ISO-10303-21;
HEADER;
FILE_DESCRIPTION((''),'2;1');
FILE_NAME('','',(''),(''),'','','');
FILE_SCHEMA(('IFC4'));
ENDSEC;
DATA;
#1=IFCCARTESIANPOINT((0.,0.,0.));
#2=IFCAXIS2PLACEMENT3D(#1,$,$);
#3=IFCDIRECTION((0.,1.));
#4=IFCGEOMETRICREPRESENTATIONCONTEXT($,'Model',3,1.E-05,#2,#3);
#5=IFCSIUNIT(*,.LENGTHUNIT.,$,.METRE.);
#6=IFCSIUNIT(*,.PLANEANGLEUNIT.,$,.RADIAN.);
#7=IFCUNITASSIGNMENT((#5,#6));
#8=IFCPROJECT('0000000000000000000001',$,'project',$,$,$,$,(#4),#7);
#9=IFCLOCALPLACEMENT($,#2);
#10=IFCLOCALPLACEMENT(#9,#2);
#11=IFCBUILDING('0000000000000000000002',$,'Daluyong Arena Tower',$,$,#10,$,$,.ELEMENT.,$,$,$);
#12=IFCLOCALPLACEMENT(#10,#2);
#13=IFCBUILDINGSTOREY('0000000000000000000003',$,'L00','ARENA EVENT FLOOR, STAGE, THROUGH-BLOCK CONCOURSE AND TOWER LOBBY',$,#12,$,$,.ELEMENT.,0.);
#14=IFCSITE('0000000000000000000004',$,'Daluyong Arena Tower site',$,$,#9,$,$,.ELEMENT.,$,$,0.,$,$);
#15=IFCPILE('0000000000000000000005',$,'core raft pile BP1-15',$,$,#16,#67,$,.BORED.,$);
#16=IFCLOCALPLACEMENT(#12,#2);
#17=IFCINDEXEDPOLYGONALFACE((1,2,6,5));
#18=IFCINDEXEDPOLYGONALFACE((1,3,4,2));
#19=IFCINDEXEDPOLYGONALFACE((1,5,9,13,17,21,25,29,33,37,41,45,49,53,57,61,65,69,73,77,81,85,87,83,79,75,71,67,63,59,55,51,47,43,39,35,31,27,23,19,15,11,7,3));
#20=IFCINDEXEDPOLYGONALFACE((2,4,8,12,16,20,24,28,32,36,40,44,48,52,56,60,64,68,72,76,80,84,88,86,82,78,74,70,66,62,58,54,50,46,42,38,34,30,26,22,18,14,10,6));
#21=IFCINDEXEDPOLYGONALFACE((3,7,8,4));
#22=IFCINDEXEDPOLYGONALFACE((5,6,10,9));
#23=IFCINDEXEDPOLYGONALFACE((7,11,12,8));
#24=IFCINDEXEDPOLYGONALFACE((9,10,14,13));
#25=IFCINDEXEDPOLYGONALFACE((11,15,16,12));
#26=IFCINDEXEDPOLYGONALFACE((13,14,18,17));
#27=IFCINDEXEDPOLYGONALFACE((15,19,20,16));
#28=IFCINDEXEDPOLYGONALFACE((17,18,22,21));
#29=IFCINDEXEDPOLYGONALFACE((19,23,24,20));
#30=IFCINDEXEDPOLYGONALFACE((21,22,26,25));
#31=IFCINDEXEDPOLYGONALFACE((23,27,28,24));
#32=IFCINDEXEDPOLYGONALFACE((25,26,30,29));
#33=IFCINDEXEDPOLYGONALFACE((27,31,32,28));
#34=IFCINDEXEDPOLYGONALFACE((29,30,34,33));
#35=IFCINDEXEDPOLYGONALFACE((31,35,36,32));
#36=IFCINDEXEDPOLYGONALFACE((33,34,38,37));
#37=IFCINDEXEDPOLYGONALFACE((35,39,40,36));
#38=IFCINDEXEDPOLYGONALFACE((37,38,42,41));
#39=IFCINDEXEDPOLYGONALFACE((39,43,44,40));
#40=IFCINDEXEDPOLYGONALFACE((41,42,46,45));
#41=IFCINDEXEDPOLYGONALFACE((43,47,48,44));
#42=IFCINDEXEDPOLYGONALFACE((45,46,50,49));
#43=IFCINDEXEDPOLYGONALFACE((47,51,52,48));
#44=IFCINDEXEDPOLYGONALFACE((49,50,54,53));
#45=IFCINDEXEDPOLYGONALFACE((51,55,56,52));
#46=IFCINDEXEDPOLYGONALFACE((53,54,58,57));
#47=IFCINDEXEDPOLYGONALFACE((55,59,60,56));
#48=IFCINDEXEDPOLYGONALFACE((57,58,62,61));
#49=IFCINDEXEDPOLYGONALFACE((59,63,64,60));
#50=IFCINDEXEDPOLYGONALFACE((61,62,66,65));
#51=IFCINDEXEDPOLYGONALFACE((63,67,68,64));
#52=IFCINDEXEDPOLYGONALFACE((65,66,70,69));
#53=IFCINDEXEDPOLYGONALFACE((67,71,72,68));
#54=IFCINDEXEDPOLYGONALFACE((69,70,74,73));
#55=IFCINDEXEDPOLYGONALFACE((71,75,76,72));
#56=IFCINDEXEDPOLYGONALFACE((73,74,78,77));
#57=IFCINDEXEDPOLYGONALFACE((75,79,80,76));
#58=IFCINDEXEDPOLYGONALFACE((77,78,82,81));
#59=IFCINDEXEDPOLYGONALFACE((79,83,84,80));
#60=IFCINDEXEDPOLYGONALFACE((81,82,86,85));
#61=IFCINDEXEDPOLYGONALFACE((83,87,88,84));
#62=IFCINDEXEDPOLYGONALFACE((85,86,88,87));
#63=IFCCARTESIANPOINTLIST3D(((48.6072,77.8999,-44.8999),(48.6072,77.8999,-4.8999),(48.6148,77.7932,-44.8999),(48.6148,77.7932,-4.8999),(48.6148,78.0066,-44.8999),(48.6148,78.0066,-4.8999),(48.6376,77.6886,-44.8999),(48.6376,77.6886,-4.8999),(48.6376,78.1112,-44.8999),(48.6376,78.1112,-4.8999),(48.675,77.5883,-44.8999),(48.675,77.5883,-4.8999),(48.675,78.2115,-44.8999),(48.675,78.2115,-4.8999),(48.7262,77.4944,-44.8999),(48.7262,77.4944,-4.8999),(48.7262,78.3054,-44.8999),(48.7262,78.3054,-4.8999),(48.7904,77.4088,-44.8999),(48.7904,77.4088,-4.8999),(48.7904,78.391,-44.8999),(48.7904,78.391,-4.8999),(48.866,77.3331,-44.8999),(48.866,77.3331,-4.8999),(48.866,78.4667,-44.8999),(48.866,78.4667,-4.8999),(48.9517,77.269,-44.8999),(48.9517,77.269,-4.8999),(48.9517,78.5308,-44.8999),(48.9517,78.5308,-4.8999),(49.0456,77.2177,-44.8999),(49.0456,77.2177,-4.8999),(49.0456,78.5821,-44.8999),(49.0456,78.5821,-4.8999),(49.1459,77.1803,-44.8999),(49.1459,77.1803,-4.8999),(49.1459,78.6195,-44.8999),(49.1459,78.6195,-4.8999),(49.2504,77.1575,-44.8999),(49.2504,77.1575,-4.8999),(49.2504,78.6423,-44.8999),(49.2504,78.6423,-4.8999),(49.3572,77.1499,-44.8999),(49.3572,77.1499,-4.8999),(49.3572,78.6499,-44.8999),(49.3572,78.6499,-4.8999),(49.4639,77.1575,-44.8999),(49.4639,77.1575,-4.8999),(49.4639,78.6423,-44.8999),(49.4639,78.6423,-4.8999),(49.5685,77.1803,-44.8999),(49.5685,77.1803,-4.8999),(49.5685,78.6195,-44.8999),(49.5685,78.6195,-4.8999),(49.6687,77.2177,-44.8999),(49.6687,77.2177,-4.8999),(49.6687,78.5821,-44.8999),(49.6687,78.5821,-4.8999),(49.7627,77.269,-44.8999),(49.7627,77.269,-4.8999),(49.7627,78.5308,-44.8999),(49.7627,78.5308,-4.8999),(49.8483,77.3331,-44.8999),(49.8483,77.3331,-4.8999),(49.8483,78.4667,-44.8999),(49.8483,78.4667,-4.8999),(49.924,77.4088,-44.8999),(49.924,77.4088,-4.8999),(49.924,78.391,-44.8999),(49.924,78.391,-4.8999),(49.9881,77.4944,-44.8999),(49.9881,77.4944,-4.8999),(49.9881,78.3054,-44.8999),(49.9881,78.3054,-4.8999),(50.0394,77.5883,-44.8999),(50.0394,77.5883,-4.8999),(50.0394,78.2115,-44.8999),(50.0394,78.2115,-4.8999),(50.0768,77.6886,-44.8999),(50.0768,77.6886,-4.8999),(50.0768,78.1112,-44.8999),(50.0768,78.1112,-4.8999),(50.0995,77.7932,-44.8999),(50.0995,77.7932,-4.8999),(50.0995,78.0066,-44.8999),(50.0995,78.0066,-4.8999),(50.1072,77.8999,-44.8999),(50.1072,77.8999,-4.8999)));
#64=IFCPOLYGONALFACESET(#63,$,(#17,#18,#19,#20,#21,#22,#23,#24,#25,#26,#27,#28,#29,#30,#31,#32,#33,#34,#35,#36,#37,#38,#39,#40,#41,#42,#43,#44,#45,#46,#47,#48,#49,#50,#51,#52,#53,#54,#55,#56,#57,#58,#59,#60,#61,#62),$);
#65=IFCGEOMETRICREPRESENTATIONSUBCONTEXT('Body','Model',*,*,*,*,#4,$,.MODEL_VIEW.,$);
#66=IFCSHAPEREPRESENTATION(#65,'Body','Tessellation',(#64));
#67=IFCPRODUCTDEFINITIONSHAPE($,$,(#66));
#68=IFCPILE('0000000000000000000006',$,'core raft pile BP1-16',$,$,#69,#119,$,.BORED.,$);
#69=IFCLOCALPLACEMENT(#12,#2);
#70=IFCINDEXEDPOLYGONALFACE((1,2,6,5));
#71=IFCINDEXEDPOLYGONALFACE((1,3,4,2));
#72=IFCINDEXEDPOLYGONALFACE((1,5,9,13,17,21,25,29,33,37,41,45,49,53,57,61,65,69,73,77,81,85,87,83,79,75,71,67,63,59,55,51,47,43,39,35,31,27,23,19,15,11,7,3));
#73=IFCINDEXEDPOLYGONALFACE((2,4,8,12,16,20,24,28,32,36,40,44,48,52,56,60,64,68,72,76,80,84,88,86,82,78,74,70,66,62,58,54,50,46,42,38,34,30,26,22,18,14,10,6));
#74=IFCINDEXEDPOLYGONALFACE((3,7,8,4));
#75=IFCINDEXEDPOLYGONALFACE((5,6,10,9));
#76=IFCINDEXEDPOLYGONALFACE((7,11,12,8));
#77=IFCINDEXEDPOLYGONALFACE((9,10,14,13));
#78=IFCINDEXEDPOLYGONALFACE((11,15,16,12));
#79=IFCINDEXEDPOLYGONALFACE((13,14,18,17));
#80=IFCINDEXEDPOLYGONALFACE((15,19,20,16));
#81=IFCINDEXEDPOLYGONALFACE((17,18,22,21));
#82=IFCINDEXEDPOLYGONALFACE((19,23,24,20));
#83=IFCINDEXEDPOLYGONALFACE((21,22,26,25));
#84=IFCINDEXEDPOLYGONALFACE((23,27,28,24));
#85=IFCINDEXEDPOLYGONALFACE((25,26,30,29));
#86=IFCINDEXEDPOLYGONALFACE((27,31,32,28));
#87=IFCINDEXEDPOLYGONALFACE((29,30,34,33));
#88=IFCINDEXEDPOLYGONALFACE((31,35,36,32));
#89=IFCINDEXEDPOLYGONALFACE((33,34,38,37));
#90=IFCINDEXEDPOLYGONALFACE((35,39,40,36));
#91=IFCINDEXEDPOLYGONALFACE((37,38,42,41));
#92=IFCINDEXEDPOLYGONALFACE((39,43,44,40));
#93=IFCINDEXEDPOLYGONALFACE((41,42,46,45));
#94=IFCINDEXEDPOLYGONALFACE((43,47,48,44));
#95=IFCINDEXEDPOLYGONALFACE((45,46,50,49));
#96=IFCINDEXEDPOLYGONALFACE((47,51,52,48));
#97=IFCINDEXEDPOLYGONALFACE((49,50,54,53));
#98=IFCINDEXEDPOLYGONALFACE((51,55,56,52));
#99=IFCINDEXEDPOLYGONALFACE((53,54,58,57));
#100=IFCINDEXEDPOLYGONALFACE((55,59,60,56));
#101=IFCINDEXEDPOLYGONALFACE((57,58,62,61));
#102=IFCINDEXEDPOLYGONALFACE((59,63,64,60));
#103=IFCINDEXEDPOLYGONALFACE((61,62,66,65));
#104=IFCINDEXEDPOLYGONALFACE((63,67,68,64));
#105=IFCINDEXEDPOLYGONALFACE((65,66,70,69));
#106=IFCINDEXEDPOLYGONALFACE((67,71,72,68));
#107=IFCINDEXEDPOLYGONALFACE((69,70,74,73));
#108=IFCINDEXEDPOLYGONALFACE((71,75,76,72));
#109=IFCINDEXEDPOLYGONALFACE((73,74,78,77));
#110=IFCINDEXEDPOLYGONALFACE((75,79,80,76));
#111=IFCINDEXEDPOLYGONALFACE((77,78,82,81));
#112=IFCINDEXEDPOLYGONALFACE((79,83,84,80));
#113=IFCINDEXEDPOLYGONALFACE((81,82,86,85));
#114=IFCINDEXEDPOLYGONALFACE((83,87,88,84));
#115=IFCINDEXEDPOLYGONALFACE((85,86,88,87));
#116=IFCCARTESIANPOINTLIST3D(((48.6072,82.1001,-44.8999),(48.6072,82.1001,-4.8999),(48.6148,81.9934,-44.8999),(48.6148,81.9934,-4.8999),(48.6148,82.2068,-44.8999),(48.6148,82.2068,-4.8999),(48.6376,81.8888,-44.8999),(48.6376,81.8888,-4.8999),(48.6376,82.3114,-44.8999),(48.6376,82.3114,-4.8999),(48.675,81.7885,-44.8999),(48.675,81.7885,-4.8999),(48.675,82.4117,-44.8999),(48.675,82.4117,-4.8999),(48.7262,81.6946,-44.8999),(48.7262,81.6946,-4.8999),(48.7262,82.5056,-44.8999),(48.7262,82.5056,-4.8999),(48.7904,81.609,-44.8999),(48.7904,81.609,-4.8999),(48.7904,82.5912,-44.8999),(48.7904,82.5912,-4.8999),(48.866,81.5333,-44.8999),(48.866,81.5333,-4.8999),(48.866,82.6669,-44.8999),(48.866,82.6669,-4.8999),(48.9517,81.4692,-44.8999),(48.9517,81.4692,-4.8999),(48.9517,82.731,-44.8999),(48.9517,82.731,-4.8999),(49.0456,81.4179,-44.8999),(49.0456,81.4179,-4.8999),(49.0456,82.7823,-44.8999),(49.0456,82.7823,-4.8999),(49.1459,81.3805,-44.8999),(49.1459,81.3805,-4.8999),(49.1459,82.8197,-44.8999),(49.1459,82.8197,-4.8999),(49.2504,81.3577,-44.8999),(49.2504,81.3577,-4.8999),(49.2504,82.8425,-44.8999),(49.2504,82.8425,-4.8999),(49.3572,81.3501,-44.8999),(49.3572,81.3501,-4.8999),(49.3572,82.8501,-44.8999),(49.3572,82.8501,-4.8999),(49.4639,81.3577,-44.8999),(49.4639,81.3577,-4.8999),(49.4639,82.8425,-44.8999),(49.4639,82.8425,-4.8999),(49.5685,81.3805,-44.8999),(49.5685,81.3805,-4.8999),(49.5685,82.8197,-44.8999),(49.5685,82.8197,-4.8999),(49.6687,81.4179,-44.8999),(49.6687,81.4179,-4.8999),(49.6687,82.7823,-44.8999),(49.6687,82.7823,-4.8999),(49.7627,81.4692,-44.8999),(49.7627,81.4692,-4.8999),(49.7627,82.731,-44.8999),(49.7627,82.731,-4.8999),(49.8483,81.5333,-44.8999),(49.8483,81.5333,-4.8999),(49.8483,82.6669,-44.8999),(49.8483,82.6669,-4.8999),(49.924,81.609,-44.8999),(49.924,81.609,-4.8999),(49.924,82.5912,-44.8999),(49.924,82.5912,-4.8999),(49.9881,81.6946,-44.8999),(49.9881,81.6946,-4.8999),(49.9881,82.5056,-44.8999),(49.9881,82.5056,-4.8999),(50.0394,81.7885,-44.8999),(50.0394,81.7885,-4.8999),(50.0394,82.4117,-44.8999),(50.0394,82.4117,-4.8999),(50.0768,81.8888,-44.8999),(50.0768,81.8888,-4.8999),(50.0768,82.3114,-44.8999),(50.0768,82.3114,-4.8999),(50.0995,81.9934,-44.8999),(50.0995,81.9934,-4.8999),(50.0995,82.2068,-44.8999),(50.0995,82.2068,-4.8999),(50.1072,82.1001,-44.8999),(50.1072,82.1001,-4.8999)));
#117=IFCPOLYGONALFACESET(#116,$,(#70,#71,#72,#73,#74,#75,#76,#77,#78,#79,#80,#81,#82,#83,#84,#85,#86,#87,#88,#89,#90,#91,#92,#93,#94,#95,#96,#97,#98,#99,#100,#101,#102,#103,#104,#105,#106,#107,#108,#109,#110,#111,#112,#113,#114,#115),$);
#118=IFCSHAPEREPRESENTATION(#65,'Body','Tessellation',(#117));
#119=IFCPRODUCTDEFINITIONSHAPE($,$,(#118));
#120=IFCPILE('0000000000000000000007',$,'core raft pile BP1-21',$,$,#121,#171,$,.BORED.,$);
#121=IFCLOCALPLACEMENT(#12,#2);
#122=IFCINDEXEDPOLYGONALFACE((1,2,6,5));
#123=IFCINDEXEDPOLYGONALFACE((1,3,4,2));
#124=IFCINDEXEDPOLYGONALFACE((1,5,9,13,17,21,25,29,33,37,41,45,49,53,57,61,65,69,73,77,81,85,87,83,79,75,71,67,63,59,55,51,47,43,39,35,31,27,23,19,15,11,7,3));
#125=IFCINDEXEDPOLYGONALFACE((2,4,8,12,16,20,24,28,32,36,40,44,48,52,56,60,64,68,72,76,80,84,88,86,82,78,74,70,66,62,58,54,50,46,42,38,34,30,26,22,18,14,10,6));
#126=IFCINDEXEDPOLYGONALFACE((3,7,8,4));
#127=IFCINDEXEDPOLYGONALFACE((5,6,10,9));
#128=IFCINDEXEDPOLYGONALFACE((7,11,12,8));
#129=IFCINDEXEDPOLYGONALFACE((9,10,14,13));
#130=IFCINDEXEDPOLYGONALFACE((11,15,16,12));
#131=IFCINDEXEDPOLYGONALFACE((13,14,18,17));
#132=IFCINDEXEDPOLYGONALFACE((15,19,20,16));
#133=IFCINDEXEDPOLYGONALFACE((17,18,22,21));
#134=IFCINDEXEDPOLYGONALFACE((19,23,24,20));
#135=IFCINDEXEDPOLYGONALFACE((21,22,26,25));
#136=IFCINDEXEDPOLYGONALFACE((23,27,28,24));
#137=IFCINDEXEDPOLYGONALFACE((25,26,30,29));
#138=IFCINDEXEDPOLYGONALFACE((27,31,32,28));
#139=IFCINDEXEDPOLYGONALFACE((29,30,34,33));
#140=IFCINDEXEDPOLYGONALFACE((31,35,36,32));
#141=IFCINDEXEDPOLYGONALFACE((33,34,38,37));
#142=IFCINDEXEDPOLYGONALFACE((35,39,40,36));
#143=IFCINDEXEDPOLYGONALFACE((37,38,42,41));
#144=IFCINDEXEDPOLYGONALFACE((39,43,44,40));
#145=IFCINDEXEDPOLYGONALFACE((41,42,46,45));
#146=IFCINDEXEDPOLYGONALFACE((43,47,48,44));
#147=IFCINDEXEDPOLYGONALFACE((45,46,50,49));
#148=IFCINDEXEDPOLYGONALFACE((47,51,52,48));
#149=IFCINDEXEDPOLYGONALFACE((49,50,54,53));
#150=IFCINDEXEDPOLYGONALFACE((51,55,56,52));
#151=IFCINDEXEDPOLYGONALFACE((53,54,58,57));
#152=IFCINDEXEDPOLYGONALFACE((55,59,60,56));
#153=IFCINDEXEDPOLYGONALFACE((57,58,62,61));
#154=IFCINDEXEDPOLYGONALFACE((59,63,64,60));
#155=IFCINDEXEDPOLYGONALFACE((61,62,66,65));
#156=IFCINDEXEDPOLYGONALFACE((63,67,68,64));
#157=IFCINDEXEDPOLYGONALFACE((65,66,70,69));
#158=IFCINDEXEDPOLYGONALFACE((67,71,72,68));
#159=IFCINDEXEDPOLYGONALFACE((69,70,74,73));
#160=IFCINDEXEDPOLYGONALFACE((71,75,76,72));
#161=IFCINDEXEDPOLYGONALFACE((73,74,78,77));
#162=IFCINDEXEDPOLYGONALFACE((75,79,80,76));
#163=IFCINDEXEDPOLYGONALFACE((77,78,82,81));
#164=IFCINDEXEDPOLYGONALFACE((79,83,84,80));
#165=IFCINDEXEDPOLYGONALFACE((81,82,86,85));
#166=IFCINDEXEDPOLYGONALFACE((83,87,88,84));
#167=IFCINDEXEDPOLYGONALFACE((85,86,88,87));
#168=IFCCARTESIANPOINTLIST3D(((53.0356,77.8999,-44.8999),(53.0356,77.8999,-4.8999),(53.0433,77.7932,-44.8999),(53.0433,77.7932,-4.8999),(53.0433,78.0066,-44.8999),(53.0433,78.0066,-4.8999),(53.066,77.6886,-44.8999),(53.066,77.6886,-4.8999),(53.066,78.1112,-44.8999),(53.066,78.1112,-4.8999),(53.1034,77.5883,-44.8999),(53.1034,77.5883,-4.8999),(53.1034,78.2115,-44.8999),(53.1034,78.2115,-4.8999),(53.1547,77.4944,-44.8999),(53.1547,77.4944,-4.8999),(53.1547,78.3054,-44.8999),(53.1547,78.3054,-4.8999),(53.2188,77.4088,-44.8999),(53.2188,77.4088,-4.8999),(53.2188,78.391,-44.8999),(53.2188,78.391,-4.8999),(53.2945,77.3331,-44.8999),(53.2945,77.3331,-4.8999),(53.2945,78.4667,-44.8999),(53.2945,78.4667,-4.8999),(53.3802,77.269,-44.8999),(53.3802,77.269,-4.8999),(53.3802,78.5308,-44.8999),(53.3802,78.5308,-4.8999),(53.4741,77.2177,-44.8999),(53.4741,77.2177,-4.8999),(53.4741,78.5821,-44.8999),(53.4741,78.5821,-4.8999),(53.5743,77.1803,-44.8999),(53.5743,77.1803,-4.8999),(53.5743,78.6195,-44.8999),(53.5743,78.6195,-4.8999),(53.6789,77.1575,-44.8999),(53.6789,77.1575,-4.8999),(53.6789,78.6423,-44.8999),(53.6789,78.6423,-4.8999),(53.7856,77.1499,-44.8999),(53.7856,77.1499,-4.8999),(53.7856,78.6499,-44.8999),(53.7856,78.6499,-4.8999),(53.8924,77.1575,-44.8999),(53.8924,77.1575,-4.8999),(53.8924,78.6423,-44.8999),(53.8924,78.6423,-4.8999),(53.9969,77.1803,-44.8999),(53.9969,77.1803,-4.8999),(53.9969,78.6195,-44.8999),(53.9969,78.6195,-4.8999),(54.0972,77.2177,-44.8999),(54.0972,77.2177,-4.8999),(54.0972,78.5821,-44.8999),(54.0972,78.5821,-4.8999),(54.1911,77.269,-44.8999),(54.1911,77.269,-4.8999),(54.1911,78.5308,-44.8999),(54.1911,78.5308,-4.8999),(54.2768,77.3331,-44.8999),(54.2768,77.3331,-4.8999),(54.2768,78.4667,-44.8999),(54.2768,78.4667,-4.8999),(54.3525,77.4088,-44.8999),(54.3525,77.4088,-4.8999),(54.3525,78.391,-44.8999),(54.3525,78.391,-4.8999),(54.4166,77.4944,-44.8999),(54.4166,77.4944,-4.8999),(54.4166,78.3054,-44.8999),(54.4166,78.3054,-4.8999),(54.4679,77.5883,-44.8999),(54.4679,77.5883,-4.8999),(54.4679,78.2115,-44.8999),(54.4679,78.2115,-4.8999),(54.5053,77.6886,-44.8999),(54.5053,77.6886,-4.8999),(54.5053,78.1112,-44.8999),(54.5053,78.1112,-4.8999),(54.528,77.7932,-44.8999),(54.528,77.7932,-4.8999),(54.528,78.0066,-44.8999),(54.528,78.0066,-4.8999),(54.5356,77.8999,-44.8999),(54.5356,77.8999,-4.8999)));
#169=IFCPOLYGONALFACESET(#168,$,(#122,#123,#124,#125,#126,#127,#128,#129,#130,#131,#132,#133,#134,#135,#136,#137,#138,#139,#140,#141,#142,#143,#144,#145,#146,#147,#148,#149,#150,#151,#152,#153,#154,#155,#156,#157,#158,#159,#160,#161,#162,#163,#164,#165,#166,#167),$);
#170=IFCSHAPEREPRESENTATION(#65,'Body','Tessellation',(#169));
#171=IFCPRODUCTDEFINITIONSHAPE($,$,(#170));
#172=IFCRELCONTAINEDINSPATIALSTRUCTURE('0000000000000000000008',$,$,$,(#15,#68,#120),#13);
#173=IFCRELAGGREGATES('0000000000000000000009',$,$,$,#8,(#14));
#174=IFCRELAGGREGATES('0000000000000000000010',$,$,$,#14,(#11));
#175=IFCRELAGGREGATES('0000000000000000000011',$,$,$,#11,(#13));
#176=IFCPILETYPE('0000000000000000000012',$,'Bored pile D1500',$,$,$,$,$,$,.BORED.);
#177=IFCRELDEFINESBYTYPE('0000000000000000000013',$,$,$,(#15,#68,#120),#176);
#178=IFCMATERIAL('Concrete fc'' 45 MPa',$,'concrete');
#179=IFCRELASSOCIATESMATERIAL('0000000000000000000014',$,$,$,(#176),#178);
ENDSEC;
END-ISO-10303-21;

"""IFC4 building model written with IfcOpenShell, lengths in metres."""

from ifc_helpers import new_model, si_unit, direction, frame, origin, origin_2d, place, context, subcontext, project, spatial, circle, extrude, material, type_object, element, save


model = new_model("IFC4")

# Units and contexts
model_context = context("Model", 3, precision=1e-05, world=origin(), true_north=direction((0.0, 1.0)))
body_context = subcontext(model_context, "Body", "Model", "MODEL_VIEW")
ifc_project = project(units=[si_unit("LENGTHUNIT", "METRE"), si_unit("PLANEANGLEUNIT", "RADIAN")], contexts=[model_context])

# Site, building, storey
site_placement = place(None, origin())
site = spatial("IfcSite", under=ifc_project, at=site_placement, Name="Daluyong Arena Tower site", CompositionType="ELEMENT", RefElevation=0.0)
building_placement = place(site_placement, origin())
building = spatial("IfcBuilding", under=site, at=building_placement, Name="Daluyong Arena Tower", CompositionType="ELEMENT")
storey_placement = place(building_placement, origin())
storey = spatial("IfcBuildingStorey", under=building, at=storey_placement, Name="L00", Description="ARENA EVENT FLOOR, STAGE, THROUGH-BLOCK CONCOURSE AND TOWER LOBBY", CompositionType="ELEMENT", Elevation=0.0)

# Piles
ifc_material_1 = material(Name="Concrete fc' 45 MPa", Category="concrete")
pile_type = type_object("IfcPileType", Name="Bored pile D1500", PredefinedType="BORED", material=ifc_material_1)
for number, where, z_axis, x_axis, name in (
    (1, (49.3572, 77.8999, -4.8999), (0.0, 0.0, -1.0), (1.0, 0.0, 0.0), "core raft pile BP1-15"),
    (2, (49.3572, 82.1001, -4.8999), (0.0, 0.0, -1.0), (1.0, 0.0, 0.0), "core raft pile BP1-16"),
    (3, (53.7856, 77.8999, -4.8999), (0.0, 0.0, -1.0), (1.0, 0.0, 0.0), "core raft pile BP1-21"),
):
    element("IfcPile", number, at=place(storey_placement, frame(where, z_axis=z_axis, x_axis=x_axis)), inside=storey, type_object=pile_type, Name=name, PredefinedType="BORED", context=body_context, shape_type="SweptSolid", body=[
        extrude(circle(Radius=0.75, at=origin_2d()), origin(), (0.0, 0.0, 1.0), 40.0),
    ])

save(model, "model.ifc")
